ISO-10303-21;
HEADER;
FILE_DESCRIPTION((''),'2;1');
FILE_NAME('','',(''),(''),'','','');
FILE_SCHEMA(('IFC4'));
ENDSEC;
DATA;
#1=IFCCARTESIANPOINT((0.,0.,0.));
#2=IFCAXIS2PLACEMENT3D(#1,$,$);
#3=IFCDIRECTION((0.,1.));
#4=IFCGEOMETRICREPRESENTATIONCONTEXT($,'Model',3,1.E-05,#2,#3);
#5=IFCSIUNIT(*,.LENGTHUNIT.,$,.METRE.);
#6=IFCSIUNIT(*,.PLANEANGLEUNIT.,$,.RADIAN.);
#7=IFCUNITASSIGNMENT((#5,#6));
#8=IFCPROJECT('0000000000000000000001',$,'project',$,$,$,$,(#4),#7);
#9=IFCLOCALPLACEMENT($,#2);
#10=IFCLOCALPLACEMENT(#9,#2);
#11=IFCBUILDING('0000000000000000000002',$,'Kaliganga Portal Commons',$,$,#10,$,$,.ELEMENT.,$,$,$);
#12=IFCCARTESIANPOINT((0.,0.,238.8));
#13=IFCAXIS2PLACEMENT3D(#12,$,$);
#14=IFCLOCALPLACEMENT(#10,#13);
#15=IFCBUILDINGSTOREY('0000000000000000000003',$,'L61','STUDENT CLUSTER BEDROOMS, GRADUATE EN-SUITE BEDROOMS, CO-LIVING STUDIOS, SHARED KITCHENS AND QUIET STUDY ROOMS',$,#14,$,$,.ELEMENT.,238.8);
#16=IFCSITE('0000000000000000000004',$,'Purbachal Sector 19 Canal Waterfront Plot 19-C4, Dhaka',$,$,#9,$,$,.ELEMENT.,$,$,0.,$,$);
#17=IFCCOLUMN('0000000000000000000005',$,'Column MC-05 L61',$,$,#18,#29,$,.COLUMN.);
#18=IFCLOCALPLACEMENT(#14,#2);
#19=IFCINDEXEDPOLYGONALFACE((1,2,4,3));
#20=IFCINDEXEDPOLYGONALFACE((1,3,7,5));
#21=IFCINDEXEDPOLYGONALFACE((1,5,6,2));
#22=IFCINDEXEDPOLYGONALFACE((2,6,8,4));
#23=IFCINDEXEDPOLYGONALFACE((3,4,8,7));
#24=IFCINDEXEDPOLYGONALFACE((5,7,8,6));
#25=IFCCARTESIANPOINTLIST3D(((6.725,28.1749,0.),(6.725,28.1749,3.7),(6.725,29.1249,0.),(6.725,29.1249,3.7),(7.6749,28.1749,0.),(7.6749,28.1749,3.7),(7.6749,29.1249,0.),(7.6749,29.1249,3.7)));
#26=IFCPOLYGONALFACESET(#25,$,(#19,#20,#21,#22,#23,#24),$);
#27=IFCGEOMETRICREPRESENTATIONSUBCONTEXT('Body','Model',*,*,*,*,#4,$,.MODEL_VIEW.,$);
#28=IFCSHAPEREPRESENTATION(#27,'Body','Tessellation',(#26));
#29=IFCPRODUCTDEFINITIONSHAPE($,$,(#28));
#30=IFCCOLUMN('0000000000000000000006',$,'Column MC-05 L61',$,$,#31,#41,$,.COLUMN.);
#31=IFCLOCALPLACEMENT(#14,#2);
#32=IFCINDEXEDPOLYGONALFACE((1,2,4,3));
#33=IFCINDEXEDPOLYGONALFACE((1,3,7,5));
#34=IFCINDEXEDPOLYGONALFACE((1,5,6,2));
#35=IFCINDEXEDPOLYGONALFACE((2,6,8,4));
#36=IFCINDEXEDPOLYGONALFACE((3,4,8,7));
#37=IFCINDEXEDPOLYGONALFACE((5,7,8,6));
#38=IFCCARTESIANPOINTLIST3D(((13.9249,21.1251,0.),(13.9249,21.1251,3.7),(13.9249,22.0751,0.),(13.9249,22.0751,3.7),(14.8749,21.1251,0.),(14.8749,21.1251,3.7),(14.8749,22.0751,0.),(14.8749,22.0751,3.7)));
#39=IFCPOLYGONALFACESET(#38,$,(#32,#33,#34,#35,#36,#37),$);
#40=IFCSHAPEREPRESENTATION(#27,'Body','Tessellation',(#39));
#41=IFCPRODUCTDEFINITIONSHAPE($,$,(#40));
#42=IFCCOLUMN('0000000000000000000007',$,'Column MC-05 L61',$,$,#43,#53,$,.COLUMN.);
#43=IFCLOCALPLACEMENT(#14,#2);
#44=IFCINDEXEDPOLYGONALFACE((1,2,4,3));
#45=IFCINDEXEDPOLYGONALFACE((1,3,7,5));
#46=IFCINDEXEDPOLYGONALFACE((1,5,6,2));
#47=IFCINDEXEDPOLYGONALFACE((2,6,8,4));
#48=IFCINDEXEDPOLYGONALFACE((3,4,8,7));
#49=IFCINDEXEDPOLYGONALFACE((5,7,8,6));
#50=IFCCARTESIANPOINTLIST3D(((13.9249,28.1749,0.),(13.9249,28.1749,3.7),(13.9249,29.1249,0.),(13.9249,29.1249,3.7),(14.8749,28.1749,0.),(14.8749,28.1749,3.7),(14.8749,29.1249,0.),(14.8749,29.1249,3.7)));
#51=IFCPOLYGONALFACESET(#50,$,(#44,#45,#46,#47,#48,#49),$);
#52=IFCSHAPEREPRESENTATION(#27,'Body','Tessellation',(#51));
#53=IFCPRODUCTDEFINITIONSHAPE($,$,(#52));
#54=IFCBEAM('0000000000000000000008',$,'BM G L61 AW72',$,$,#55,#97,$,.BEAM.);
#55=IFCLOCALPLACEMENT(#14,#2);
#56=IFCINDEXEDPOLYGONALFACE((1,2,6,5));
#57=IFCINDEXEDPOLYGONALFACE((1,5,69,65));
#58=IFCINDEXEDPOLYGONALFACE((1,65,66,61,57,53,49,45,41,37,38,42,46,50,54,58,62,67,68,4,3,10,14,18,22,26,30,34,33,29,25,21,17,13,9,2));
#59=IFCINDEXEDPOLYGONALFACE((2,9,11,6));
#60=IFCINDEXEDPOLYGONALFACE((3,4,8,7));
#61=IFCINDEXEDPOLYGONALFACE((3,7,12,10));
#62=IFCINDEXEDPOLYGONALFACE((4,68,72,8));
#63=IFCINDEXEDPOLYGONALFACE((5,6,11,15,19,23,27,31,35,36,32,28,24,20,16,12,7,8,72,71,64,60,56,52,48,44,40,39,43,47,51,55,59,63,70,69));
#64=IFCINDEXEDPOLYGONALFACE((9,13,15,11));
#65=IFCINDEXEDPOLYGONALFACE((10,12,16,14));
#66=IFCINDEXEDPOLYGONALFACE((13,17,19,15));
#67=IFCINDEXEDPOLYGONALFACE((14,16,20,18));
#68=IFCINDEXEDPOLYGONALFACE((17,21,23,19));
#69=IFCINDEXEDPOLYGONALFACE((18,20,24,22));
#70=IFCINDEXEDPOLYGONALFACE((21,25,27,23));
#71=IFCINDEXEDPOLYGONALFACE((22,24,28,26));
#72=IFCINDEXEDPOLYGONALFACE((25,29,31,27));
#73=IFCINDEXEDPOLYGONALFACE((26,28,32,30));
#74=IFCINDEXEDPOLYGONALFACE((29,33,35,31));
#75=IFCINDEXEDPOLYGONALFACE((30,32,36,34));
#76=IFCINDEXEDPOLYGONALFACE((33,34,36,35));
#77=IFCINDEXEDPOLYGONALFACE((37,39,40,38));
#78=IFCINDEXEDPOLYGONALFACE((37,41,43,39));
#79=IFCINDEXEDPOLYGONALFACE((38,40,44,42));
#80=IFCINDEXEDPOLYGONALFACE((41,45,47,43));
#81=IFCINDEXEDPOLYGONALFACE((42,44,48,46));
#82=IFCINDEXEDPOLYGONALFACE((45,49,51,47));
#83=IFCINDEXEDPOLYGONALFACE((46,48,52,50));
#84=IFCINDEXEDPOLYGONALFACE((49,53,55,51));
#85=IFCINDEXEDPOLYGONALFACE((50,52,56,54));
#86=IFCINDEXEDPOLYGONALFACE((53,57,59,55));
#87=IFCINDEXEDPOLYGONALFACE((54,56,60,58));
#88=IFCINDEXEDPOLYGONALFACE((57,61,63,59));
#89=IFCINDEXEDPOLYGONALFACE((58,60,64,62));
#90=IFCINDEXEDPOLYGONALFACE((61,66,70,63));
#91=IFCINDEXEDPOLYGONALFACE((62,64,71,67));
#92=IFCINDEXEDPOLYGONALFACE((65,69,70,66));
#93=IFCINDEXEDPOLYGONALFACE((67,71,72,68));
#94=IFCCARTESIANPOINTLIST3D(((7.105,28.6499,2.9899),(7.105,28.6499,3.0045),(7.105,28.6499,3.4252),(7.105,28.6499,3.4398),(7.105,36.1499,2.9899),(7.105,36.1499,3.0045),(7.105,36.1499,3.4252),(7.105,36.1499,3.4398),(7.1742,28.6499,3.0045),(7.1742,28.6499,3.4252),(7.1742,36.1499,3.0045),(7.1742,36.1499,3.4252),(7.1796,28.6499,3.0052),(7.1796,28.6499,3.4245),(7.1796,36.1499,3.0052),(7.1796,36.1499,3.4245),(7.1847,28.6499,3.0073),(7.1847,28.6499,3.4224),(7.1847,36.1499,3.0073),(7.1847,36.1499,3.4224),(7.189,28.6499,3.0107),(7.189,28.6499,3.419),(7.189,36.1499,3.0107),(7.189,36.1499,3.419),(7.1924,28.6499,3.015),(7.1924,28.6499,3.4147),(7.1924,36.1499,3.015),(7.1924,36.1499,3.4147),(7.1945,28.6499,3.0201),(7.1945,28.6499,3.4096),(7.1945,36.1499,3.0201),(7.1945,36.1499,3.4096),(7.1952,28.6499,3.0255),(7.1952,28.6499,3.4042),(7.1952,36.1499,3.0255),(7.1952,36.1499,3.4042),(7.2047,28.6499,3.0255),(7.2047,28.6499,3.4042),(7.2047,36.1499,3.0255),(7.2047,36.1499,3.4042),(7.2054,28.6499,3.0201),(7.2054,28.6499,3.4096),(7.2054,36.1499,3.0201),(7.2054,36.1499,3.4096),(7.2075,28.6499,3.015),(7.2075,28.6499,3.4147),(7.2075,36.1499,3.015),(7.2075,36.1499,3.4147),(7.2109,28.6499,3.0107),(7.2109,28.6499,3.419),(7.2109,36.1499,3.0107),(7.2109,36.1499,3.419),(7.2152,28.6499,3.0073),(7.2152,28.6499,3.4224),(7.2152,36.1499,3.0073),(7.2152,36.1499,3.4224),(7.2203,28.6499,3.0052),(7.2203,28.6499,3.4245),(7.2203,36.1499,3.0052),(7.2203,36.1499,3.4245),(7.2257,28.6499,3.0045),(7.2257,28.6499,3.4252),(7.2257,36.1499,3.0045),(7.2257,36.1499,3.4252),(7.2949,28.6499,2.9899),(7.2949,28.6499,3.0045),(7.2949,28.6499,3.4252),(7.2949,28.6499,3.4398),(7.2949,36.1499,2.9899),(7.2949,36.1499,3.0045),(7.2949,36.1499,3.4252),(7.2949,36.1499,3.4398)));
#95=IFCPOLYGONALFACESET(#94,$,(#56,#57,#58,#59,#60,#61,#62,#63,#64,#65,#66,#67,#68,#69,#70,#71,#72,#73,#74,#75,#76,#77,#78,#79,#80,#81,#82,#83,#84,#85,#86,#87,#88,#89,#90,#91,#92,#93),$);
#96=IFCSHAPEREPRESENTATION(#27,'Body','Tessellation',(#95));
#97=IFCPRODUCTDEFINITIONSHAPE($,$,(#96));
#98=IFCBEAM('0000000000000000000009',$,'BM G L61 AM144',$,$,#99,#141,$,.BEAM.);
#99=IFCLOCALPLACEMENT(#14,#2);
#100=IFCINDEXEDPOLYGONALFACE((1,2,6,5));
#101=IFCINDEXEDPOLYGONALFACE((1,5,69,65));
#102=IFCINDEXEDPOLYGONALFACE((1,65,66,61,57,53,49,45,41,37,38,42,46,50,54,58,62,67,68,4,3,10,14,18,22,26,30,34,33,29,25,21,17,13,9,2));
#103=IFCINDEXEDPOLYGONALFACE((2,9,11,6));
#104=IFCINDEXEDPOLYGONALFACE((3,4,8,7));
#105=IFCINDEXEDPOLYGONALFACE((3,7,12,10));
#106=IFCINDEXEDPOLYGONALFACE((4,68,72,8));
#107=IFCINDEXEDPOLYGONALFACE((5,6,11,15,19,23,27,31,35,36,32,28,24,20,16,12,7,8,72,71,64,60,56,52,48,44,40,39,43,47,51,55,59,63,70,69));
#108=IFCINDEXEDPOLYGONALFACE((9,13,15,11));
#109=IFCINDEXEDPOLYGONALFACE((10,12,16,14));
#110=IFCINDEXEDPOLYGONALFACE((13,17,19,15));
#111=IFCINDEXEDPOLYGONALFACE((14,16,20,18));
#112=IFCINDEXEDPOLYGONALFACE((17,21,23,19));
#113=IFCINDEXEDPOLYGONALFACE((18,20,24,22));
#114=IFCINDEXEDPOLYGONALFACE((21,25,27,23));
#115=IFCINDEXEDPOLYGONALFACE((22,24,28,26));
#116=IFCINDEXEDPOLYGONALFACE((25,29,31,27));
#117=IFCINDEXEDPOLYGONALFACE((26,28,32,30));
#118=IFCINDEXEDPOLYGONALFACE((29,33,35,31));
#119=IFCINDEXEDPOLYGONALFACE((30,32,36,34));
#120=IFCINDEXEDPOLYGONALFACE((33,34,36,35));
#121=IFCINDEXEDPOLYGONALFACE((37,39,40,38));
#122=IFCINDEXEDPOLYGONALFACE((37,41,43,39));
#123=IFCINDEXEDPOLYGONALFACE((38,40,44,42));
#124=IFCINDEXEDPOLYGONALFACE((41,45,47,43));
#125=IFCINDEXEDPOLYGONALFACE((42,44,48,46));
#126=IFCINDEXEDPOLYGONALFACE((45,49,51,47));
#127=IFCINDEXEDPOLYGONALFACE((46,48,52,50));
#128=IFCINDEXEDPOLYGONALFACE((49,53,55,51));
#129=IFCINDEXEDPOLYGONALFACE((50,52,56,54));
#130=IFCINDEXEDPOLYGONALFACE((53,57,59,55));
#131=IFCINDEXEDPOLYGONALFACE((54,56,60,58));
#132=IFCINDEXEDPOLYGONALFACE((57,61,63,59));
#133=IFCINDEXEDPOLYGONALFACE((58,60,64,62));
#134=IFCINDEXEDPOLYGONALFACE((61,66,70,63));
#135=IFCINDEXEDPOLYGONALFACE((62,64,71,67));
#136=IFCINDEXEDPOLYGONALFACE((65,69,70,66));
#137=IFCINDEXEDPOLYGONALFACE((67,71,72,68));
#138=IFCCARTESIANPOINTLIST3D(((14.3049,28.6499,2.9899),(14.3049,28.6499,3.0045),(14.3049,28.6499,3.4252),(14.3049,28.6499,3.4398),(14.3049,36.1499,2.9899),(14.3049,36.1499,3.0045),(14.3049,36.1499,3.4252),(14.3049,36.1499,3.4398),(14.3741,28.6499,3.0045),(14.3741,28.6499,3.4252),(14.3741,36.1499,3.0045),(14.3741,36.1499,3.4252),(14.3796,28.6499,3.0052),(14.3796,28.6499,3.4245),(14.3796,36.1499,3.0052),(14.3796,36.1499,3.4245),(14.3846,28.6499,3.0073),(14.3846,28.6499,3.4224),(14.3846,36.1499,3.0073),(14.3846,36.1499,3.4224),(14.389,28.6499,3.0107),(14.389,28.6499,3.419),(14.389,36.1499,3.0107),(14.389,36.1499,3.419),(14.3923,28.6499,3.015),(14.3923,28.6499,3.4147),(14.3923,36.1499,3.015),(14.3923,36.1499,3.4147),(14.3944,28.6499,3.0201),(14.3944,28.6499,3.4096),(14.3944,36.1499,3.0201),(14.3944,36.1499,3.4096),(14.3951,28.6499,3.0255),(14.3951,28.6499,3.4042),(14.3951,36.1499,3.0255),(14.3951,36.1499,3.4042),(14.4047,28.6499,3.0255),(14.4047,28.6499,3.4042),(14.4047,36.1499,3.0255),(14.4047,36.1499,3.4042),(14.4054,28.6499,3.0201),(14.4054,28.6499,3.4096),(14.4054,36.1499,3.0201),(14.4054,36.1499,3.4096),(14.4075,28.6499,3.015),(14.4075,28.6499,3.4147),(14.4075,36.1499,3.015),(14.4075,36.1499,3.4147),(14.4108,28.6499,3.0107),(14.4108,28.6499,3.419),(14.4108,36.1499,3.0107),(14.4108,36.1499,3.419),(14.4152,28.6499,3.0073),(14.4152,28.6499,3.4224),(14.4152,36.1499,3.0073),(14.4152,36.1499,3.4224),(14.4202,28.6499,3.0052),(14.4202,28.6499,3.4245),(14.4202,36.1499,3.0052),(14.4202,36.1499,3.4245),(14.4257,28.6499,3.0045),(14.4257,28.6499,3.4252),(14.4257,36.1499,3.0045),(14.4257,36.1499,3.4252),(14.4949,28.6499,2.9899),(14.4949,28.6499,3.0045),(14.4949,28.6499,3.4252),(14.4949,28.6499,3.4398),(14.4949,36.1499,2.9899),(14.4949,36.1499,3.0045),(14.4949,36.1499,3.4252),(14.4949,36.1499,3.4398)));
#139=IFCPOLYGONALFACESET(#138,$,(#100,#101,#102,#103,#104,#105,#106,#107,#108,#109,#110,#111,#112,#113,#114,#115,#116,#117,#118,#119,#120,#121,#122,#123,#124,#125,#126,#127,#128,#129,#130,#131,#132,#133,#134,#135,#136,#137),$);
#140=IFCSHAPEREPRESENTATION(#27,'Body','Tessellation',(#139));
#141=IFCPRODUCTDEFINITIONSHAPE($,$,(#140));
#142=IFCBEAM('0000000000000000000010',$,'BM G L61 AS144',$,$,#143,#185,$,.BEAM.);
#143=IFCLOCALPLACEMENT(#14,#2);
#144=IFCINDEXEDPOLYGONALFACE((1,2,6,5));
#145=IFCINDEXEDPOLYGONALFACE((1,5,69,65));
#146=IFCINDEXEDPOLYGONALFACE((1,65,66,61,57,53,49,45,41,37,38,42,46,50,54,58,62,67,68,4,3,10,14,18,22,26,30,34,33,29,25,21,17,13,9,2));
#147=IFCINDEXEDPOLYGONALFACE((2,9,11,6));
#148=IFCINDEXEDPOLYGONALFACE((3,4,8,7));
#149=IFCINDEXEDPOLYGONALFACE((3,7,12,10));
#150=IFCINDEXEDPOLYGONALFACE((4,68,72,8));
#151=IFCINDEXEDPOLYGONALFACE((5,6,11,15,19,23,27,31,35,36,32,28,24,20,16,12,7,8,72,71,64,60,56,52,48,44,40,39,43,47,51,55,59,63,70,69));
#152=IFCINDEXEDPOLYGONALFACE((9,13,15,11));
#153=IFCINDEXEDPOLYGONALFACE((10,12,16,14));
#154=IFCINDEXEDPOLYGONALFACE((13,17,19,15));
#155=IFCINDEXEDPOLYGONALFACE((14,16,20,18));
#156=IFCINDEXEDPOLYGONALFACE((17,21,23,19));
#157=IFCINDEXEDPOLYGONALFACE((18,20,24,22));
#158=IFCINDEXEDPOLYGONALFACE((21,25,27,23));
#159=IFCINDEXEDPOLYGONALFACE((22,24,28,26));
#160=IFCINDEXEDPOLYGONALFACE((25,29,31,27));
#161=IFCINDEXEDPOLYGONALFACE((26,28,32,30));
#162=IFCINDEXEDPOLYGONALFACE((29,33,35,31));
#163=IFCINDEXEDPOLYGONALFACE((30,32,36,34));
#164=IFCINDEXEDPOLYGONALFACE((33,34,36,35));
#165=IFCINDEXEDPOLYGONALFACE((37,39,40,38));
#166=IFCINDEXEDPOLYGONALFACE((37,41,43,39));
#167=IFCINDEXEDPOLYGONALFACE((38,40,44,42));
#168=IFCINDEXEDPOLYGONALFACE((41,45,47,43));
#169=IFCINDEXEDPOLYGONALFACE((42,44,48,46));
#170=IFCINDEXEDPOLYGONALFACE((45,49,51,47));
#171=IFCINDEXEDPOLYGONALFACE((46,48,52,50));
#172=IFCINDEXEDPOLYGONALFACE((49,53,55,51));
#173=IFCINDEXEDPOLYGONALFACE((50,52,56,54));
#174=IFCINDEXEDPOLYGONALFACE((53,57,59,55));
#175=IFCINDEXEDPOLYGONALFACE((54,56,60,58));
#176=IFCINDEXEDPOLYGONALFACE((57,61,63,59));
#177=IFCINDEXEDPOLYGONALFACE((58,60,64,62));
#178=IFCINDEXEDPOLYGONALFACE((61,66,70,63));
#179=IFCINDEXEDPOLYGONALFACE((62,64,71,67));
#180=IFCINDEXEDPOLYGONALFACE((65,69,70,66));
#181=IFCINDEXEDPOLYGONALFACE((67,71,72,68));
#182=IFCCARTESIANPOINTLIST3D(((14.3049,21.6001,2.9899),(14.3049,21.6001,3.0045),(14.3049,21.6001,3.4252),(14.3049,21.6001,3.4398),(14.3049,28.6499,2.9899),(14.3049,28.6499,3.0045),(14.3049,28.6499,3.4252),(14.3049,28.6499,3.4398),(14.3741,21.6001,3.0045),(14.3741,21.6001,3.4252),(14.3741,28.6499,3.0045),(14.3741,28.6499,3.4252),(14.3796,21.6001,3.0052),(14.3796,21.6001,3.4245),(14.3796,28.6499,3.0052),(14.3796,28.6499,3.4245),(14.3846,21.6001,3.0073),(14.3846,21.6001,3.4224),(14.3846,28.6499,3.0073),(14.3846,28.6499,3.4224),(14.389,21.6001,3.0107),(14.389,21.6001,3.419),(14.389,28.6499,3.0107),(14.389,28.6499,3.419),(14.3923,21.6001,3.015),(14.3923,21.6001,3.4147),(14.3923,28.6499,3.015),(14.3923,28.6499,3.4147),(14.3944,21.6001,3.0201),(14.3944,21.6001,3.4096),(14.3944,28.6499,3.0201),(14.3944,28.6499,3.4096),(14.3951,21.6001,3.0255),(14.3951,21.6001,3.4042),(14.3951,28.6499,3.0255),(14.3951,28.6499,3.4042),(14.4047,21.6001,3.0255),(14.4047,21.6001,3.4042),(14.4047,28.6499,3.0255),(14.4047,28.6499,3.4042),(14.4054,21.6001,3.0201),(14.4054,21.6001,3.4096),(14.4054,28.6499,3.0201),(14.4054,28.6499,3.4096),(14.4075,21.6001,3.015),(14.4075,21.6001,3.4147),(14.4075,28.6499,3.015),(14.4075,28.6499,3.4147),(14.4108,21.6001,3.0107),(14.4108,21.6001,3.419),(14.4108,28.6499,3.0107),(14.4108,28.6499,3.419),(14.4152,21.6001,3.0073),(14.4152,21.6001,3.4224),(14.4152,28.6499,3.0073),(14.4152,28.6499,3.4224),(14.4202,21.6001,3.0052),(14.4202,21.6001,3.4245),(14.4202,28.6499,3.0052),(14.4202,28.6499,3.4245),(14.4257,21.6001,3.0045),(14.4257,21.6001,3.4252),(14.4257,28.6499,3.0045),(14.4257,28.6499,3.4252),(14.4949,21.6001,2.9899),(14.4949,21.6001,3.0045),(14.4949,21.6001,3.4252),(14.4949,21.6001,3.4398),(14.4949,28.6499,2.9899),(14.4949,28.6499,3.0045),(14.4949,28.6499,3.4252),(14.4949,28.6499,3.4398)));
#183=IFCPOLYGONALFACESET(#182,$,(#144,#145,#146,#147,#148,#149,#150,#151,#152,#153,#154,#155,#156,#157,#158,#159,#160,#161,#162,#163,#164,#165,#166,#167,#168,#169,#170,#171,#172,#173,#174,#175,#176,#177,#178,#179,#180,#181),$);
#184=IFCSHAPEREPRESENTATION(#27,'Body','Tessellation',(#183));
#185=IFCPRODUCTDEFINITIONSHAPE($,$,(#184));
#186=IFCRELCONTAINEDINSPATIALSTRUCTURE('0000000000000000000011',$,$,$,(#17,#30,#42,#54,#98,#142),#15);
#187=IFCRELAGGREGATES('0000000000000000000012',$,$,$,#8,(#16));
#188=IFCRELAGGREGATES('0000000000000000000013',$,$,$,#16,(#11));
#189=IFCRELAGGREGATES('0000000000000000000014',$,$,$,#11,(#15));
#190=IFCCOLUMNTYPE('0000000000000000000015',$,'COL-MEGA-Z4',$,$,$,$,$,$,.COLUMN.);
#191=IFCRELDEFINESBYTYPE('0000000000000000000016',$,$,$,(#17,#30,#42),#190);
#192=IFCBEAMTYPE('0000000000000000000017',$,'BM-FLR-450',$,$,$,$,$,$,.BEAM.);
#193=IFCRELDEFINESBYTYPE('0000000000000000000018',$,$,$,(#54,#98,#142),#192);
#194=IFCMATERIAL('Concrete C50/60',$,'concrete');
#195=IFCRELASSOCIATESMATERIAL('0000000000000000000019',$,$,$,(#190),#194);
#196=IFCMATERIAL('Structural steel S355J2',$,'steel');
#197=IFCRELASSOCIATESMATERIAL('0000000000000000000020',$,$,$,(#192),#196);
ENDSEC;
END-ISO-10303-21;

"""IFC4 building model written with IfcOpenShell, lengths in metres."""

from ifc_helpers import new_model, si_unit, direction, frame, origin, origin_2d, place, context, subcontext, project, spatial, rectangle, i_section, extrude, source, transform, mapped, material, material_profile, profile_set, type_object, element, save


model = new_model("IFC4")

# Units and contexts
model_context = context("Model", 3, precision=1e-05, world=origin(), true_north=direction((0.0, 1.0)))
body_context = subcontext(model_context, "Body", "Model", "MODEL_VIEW")
ifc_project = project(units=[si_unit("LENGTHUNIT", "METRE"), si_unit("PLANEANGLEUNIT", "RADIAN")], contexts=[model_context])

# Site, building, storey
site_placement = place(None, origin())
site = spatial("IfcSite", under=ifc_project, at=site_placement, Name="Purbachal Sector 19 Canal Waterfront Plot 19-C4, Dhaka", CompositionType="ELEMENT", RefElevation=0.0)
building_placement = place(site_placement, origin())
building = spatial("IfcBuilding", under=site, at=building_placement, Name="Kaliganga Portal Commons", CompositionType="ELEMENT")
storey_placement = place(building_placement, frame((0.0, 0.0, 238.8)))
storey = spatial("IfcBuildingStorey", under=building, at=storey_placement, Name="L61", Description="STUDENT CLUSTER BEDROOMS, GRADUATE EN-SUITE BEDROOMS, CO-LIVING STUDIOS, SHARED KITCHENS AND QUIET STUDY ROOMS", CompositionType="ELEMENT", Elevation=238.8)

# Columns
ifc_material_1 = material(Name="Concrete C50/60", Category="concrete")
ifc_material_profile_1 = material_profile(ifc_material_1, rectangle(XDim=0.95, YDim=0.95, at=origin_2d()), Name="RC 950x950")
ifc_profile_set_1 = profile_set([ifc_material_profile_1], Name="Concrete C50/60")
column_type = type_object("IfcColumnType", Name="COL-MEGA-Z4", PredefinedType="COLUMN", material=ifc_profile_set_1)
shared_shape_1 = source(origin(), body_context, "Body", "SweptSolid", [
    extrude(rectangle(XDim=0.95, YDim=0.95, at=origin_2d()), origin(), (0.0, 0.0, 1.0), 3.7),
])
for number, where, z_axis, x_axis, name in (
    (1, (7.2, 28.6499, 0.0), (0.0, 0.0, 1.0), (1.0, 0.0, 0.0), "Column MC-05 L61"),
    (2, (14.3999, 21.6001, 0.0), (0.0, 0.0, 1.0), (1.0, 0.0, 0.0), "Column MC-05 L61"),
    (3, (14.3999, 28.6499, 0.0), (0.0, 0.0, 1.0), (1.0, 0.0, 0.0), "Column MC-05 L61"),
):
    element("IfcColumn", number, at=place(storey_placement, frame(where, z_axis=z_axis, x_axis=x_axis)), inside=storey, type_object=column_type, Name=name, PredefinedType="COLUMN", context=body_context, shape_type="MappedRepresentation", body=[
        mapped(shared_shape_1, transform((0.0, 0.0, 0.0), x_axis=(1.0, 0.0, 0.0), y_axis=(0.0, 1.0, 0.0), z_axis=(0.0, 0.0, 1.0), scale=1.0)),
    ])

# Beams
ifc_material_2 = material(Name="Structural steel S355J2", Category="steel")
ifc_material_profile_2 = material_profile(ifc_material_2, i_section(OverallWidth=0.1899, OverallDepth=0.45, WebThickness=0.0095, FlangeThickness=0.0146, FilletRadius=0.021, at=origin_2d()), Name="IPE 450")
ifc_profile_set_2 = profile_set([ifc_material_profile_2], Name="Structural steel S355J2 wide-flange")
beam_type_1 = type_object("IfcBeamType", Name="BM-FLR-450", PredefinedType="BEAM", material=ifc_profile_set_2)
shared_shape_2 = source(origin(), body_context, "Body", "SweptSolid", [
    extrude(i_section(OverallWidth=0.1899, OverallDepth=0.45, WebThickness=0.0095, FlangeThickness=0.0146, FilletRadius=0.021, at=origin_2d()), origin(), (0.0, 0.0, 1.0), 7.5),
])
for number, where, z_axis, x_axis, name in (
    (4, (7.2, 28.6499, 3.2148), (0.0, 1.0, 0.0), (-1.0, 0.0, 0.0), "BM G L61 AW72"),
    (5, (14.3999, 28.6499, 3.2148), (0.0, 1.0, 0.0), (-1.0, 0.0, 0.0), "BM G L61 AM144"),
):
    element("IfcBeam", number, at=place(storey_placement, frame(where, z_axis=z_axis, x_axis=x_axis)), inside=storey, type_object=beam_type_1, Name=name, PredefinedType="BEAM", context=body_context, shape_type="MappedRepresentation", body=[
        mapped(shared_shape_2, transform((0.0, 0.0, 0.0), x_axis=(1.0, 0.0, 0.0), y_axis=(0.0, 1.0, 0.0), z_axis=(0.0, 0.0, 1.0), scale=1.0)),
    ])
shared_shape_3 = source(origin(), body_context, "Body", "SweptSolid", [
    extrude(i_section(OverallWidth=0.1899, OverallDepth=0.45, WebThickness=0.0095, FlangeThickness=0.0146, FilletRadius=0.021, at=origin_2d()), origin(), (0.0, 0.0, 1.0), 7.0498),
])
beam_1_placement = place(storey_placement, frame((14.3999, 21.6001, 3.2148), z_axis=(0.0, 1.0, 0.0), x_axis=(-1.0, 0.0, 0.0)))
element("IfcBeam", 6, at=beam_1_placement, inside=storey, type_object=beam_type_1, Name="BM G L61 AS144", PredefinedType="BEAM", context=body_context, shape_type="MappedRepresentation", body=[
    mapped(shared_shape_3, transform((0.0, 0.0, 0.0), x_axis=(1.0, 0.0, 0.0), y_axis=(0.0, 1.0, 0.0), z_axis=(0.0, 0.0, 1.0), scale=1.0)),
])

save(model, "model.ifc")
